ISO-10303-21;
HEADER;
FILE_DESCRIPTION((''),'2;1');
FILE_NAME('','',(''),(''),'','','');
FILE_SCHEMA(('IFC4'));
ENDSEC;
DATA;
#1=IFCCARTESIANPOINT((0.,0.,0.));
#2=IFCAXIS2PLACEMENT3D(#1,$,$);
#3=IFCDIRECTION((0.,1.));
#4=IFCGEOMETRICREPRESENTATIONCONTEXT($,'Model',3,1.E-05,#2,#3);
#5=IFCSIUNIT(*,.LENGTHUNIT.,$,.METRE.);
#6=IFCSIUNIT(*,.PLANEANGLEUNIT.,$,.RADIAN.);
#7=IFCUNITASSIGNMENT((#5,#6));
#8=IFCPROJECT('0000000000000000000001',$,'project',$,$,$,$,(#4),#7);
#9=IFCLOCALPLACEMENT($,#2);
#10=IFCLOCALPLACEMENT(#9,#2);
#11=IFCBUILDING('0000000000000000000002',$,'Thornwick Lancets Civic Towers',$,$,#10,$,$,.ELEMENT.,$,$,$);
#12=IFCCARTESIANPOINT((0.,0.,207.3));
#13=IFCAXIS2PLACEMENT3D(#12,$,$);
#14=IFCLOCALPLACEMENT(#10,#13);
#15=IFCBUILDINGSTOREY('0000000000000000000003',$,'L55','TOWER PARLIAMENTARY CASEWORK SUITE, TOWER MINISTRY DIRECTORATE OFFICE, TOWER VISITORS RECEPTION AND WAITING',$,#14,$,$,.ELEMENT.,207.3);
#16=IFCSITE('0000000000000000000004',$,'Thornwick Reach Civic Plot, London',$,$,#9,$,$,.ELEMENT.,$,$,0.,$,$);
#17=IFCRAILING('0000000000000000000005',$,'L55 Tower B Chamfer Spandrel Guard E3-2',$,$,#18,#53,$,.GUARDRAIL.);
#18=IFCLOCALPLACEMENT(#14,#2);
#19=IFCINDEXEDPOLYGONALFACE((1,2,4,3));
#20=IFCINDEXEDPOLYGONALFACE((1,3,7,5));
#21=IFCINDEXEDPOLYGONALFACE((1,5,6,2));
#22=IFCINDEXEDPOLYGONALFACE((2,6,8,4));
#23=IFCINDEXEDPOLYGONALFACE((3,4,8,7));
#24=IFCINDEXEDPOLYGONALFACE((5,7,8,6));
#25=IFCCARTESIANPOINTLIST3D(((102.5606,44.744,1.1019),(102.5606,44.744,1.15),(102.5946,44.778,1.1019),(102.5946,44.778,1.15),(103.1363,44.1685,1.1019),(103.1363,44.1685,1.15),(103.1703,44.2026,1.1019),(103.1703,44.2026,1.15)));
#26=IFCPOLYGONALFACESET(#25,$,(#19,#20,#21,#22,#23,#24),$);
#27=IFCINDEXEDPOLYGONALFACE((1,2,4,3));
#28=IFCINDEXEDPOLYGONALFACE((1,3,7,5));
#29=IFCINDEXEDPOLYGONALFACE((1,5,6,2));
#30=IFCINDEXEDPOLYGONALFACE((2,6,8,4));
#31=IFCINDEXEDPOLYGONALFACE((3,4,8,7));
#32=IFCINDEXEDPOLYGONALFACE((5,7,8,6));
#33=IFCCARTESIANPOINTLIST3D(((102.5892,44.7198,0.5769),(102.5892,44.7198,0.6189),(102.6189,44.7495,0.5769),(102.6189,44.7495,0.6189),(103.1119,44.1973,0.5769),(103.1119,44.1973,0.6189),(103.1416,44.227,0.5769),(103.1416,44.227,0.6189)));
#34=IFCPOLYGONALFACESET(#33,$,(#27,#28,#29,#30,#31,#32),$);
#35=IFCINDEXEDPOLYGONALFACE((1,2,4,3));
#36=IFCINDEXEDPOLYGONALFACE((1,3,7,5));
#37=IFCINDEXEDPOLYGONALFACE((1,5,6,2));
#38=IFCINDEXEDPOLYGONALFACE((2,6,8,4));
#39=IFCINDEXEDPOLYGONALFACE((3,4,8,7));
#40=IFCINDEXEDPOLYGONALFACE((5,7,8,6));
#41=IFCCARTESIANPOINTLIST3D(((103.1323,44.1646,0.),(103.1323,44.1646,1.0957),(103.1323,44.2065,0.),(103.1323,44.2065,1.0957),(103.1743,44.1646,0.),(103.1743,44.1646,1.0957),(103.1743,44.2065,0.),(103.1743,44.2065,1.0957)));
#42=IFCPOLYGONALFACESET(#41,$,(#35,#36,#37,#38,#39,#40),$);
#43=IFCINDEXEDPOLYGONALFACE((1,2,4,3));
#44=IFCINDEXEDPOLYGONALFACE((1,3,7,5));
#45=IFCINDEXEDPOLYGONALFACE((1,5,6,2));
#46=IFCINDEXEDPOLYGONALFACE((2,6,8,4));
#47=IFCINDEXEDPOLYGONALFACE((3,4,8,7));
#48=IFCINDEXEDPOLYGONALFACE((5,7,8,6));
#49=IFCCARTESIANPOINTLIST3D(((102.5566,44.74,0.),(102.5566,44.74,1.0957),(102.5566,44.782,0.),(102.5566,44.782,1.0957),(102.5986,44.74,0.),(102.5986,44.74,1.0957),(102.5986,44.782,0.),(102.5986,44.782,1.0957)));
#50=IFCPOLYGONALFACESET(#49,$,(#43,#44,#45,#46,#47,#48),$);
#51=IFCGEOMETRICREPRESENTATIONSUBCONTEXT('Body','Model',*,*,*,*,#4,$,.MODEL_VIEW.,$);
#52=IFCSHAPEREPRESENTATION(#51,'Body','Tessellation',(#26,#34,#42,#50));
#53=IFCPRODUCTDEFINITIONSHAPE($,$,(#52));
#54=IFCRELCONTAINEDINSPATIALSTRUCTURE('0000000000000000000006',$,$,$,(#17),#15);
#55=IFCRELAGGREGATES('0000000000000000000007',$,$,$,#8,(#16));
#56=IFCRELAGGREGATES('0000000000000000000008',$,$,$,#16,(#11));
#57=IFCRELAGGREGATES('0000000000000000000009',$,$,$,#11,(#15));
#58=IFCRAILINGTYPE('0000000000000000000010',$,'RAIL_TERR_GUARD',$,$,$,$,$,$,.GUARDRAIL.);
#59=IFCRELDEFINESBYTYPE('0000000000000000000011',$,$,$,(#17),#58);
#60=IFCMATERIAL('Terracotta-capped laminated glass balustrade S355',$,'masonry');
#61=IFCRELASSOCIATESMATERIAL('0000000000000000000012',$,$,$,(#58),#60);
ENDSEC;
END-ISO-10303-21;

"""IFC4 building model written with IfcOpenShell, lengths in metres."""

from ifc_helpers import new_model, si_unit, direction, frame, origin, origin_2d, place, context, subcontext, project, spatial, rectangle, extrude, material, type_object, element, save


model = new_model("IFC4")

# Units and contexts
model_context = context("Model", 3, precision=1e-05, world=origin(), true_north=direction((0.0, 1.0)))
body_context = subcontext(model_context, "Body", "Model", "MODEL_VIEW")
ifc_project = project(units=[si_unit("LENGTHUNIT", "METRE"), si_unit("PLANEANGLEUNIT", "RADIAN")], contexts=[model_context])

# Site, building, storey
site_placement = place(None, origin())
site = spatial("IfcSite", under=ifc_project, at=site_placement, Name="Thornwick Reach Civic Plot, London", CompositionType="ELEMENT", RefElevation=0.0)
building_placement = place(site_placement, origin())
building = spatial("IfcBuilding", under=site, at=building_placement, Name="Thornwick Lancets Civic Towers", CompositionType="ELEMENT")
storey_placement = place(building_placement, frame((0.0, 0.0, 207.3)))
storey = spatial("IfcBuildingStorey", under=building, at=storey_placement, Name="L55", Description="TOWER PARLIAMENTARY CASEWORK SUITE, TOWER MINISTRY DIRECTORATE OFFICE, TOWER VISITORS RECEPTION AND WAITING", CompositionType="ELEMENT", Elevation=207.3)

# Railing
ifc_material_1 = material(Name="Terracotta-capped laminated glass balustrade S355", Category="masonry")
railing_type = type_object("IfcRailingType", Name="RAIL_TERR_GUARD", PredefinedType="GUARDRAIL", material=ifc_material_1)
railing_1_placement = place(storey_placement, frame((103.1533, 44.1855, 0.0)))
element("IfcRailing", 1, at=railing_1_placement, inside=storey, type_object=railing_type, Name="L55 Tower B Chamfer Spandrel Guard E3-2", PredefinedType="GUARDRAIL", context=body_context, shape_type="SweptSolid", body=[
    extrude(rectangle(XDim=0.0481, YDim=0.0481, at=origin_2d()), frame((0.0, 0.0, 1.126), z_axis=(-0.707257, 0.706957, 0.0), x_axis=(-0.706957, -0.707257, 0.0)), (0.0, 0.0, 1.0), 0.814),
    extrude(rectangle(XDim=0.042, YDim=0.042, at=origin_2d()), frame((-0.0266, 0.0266, 0.5979), z_axis=(-0.707257, 0.706957, 0.0), x_axis=(-0.706957, -0.707257, 0.0)), (0.0, 0.0, 1.0), 0.739),
    extrude(rectangle(XDim=0.042, YDim=0.042, at=origin_2d()), origin(), (0.0, 0.0, 1.0), 1.0957),
    extrude(rectangle(XDim=0.042, YDim=0.042, at=origin_2d()), frame((-0.5757, 0.5754, 0.0)), (0.0, 0.0, 1.0), 1.0957),
])

save(model, "model.ifc")
